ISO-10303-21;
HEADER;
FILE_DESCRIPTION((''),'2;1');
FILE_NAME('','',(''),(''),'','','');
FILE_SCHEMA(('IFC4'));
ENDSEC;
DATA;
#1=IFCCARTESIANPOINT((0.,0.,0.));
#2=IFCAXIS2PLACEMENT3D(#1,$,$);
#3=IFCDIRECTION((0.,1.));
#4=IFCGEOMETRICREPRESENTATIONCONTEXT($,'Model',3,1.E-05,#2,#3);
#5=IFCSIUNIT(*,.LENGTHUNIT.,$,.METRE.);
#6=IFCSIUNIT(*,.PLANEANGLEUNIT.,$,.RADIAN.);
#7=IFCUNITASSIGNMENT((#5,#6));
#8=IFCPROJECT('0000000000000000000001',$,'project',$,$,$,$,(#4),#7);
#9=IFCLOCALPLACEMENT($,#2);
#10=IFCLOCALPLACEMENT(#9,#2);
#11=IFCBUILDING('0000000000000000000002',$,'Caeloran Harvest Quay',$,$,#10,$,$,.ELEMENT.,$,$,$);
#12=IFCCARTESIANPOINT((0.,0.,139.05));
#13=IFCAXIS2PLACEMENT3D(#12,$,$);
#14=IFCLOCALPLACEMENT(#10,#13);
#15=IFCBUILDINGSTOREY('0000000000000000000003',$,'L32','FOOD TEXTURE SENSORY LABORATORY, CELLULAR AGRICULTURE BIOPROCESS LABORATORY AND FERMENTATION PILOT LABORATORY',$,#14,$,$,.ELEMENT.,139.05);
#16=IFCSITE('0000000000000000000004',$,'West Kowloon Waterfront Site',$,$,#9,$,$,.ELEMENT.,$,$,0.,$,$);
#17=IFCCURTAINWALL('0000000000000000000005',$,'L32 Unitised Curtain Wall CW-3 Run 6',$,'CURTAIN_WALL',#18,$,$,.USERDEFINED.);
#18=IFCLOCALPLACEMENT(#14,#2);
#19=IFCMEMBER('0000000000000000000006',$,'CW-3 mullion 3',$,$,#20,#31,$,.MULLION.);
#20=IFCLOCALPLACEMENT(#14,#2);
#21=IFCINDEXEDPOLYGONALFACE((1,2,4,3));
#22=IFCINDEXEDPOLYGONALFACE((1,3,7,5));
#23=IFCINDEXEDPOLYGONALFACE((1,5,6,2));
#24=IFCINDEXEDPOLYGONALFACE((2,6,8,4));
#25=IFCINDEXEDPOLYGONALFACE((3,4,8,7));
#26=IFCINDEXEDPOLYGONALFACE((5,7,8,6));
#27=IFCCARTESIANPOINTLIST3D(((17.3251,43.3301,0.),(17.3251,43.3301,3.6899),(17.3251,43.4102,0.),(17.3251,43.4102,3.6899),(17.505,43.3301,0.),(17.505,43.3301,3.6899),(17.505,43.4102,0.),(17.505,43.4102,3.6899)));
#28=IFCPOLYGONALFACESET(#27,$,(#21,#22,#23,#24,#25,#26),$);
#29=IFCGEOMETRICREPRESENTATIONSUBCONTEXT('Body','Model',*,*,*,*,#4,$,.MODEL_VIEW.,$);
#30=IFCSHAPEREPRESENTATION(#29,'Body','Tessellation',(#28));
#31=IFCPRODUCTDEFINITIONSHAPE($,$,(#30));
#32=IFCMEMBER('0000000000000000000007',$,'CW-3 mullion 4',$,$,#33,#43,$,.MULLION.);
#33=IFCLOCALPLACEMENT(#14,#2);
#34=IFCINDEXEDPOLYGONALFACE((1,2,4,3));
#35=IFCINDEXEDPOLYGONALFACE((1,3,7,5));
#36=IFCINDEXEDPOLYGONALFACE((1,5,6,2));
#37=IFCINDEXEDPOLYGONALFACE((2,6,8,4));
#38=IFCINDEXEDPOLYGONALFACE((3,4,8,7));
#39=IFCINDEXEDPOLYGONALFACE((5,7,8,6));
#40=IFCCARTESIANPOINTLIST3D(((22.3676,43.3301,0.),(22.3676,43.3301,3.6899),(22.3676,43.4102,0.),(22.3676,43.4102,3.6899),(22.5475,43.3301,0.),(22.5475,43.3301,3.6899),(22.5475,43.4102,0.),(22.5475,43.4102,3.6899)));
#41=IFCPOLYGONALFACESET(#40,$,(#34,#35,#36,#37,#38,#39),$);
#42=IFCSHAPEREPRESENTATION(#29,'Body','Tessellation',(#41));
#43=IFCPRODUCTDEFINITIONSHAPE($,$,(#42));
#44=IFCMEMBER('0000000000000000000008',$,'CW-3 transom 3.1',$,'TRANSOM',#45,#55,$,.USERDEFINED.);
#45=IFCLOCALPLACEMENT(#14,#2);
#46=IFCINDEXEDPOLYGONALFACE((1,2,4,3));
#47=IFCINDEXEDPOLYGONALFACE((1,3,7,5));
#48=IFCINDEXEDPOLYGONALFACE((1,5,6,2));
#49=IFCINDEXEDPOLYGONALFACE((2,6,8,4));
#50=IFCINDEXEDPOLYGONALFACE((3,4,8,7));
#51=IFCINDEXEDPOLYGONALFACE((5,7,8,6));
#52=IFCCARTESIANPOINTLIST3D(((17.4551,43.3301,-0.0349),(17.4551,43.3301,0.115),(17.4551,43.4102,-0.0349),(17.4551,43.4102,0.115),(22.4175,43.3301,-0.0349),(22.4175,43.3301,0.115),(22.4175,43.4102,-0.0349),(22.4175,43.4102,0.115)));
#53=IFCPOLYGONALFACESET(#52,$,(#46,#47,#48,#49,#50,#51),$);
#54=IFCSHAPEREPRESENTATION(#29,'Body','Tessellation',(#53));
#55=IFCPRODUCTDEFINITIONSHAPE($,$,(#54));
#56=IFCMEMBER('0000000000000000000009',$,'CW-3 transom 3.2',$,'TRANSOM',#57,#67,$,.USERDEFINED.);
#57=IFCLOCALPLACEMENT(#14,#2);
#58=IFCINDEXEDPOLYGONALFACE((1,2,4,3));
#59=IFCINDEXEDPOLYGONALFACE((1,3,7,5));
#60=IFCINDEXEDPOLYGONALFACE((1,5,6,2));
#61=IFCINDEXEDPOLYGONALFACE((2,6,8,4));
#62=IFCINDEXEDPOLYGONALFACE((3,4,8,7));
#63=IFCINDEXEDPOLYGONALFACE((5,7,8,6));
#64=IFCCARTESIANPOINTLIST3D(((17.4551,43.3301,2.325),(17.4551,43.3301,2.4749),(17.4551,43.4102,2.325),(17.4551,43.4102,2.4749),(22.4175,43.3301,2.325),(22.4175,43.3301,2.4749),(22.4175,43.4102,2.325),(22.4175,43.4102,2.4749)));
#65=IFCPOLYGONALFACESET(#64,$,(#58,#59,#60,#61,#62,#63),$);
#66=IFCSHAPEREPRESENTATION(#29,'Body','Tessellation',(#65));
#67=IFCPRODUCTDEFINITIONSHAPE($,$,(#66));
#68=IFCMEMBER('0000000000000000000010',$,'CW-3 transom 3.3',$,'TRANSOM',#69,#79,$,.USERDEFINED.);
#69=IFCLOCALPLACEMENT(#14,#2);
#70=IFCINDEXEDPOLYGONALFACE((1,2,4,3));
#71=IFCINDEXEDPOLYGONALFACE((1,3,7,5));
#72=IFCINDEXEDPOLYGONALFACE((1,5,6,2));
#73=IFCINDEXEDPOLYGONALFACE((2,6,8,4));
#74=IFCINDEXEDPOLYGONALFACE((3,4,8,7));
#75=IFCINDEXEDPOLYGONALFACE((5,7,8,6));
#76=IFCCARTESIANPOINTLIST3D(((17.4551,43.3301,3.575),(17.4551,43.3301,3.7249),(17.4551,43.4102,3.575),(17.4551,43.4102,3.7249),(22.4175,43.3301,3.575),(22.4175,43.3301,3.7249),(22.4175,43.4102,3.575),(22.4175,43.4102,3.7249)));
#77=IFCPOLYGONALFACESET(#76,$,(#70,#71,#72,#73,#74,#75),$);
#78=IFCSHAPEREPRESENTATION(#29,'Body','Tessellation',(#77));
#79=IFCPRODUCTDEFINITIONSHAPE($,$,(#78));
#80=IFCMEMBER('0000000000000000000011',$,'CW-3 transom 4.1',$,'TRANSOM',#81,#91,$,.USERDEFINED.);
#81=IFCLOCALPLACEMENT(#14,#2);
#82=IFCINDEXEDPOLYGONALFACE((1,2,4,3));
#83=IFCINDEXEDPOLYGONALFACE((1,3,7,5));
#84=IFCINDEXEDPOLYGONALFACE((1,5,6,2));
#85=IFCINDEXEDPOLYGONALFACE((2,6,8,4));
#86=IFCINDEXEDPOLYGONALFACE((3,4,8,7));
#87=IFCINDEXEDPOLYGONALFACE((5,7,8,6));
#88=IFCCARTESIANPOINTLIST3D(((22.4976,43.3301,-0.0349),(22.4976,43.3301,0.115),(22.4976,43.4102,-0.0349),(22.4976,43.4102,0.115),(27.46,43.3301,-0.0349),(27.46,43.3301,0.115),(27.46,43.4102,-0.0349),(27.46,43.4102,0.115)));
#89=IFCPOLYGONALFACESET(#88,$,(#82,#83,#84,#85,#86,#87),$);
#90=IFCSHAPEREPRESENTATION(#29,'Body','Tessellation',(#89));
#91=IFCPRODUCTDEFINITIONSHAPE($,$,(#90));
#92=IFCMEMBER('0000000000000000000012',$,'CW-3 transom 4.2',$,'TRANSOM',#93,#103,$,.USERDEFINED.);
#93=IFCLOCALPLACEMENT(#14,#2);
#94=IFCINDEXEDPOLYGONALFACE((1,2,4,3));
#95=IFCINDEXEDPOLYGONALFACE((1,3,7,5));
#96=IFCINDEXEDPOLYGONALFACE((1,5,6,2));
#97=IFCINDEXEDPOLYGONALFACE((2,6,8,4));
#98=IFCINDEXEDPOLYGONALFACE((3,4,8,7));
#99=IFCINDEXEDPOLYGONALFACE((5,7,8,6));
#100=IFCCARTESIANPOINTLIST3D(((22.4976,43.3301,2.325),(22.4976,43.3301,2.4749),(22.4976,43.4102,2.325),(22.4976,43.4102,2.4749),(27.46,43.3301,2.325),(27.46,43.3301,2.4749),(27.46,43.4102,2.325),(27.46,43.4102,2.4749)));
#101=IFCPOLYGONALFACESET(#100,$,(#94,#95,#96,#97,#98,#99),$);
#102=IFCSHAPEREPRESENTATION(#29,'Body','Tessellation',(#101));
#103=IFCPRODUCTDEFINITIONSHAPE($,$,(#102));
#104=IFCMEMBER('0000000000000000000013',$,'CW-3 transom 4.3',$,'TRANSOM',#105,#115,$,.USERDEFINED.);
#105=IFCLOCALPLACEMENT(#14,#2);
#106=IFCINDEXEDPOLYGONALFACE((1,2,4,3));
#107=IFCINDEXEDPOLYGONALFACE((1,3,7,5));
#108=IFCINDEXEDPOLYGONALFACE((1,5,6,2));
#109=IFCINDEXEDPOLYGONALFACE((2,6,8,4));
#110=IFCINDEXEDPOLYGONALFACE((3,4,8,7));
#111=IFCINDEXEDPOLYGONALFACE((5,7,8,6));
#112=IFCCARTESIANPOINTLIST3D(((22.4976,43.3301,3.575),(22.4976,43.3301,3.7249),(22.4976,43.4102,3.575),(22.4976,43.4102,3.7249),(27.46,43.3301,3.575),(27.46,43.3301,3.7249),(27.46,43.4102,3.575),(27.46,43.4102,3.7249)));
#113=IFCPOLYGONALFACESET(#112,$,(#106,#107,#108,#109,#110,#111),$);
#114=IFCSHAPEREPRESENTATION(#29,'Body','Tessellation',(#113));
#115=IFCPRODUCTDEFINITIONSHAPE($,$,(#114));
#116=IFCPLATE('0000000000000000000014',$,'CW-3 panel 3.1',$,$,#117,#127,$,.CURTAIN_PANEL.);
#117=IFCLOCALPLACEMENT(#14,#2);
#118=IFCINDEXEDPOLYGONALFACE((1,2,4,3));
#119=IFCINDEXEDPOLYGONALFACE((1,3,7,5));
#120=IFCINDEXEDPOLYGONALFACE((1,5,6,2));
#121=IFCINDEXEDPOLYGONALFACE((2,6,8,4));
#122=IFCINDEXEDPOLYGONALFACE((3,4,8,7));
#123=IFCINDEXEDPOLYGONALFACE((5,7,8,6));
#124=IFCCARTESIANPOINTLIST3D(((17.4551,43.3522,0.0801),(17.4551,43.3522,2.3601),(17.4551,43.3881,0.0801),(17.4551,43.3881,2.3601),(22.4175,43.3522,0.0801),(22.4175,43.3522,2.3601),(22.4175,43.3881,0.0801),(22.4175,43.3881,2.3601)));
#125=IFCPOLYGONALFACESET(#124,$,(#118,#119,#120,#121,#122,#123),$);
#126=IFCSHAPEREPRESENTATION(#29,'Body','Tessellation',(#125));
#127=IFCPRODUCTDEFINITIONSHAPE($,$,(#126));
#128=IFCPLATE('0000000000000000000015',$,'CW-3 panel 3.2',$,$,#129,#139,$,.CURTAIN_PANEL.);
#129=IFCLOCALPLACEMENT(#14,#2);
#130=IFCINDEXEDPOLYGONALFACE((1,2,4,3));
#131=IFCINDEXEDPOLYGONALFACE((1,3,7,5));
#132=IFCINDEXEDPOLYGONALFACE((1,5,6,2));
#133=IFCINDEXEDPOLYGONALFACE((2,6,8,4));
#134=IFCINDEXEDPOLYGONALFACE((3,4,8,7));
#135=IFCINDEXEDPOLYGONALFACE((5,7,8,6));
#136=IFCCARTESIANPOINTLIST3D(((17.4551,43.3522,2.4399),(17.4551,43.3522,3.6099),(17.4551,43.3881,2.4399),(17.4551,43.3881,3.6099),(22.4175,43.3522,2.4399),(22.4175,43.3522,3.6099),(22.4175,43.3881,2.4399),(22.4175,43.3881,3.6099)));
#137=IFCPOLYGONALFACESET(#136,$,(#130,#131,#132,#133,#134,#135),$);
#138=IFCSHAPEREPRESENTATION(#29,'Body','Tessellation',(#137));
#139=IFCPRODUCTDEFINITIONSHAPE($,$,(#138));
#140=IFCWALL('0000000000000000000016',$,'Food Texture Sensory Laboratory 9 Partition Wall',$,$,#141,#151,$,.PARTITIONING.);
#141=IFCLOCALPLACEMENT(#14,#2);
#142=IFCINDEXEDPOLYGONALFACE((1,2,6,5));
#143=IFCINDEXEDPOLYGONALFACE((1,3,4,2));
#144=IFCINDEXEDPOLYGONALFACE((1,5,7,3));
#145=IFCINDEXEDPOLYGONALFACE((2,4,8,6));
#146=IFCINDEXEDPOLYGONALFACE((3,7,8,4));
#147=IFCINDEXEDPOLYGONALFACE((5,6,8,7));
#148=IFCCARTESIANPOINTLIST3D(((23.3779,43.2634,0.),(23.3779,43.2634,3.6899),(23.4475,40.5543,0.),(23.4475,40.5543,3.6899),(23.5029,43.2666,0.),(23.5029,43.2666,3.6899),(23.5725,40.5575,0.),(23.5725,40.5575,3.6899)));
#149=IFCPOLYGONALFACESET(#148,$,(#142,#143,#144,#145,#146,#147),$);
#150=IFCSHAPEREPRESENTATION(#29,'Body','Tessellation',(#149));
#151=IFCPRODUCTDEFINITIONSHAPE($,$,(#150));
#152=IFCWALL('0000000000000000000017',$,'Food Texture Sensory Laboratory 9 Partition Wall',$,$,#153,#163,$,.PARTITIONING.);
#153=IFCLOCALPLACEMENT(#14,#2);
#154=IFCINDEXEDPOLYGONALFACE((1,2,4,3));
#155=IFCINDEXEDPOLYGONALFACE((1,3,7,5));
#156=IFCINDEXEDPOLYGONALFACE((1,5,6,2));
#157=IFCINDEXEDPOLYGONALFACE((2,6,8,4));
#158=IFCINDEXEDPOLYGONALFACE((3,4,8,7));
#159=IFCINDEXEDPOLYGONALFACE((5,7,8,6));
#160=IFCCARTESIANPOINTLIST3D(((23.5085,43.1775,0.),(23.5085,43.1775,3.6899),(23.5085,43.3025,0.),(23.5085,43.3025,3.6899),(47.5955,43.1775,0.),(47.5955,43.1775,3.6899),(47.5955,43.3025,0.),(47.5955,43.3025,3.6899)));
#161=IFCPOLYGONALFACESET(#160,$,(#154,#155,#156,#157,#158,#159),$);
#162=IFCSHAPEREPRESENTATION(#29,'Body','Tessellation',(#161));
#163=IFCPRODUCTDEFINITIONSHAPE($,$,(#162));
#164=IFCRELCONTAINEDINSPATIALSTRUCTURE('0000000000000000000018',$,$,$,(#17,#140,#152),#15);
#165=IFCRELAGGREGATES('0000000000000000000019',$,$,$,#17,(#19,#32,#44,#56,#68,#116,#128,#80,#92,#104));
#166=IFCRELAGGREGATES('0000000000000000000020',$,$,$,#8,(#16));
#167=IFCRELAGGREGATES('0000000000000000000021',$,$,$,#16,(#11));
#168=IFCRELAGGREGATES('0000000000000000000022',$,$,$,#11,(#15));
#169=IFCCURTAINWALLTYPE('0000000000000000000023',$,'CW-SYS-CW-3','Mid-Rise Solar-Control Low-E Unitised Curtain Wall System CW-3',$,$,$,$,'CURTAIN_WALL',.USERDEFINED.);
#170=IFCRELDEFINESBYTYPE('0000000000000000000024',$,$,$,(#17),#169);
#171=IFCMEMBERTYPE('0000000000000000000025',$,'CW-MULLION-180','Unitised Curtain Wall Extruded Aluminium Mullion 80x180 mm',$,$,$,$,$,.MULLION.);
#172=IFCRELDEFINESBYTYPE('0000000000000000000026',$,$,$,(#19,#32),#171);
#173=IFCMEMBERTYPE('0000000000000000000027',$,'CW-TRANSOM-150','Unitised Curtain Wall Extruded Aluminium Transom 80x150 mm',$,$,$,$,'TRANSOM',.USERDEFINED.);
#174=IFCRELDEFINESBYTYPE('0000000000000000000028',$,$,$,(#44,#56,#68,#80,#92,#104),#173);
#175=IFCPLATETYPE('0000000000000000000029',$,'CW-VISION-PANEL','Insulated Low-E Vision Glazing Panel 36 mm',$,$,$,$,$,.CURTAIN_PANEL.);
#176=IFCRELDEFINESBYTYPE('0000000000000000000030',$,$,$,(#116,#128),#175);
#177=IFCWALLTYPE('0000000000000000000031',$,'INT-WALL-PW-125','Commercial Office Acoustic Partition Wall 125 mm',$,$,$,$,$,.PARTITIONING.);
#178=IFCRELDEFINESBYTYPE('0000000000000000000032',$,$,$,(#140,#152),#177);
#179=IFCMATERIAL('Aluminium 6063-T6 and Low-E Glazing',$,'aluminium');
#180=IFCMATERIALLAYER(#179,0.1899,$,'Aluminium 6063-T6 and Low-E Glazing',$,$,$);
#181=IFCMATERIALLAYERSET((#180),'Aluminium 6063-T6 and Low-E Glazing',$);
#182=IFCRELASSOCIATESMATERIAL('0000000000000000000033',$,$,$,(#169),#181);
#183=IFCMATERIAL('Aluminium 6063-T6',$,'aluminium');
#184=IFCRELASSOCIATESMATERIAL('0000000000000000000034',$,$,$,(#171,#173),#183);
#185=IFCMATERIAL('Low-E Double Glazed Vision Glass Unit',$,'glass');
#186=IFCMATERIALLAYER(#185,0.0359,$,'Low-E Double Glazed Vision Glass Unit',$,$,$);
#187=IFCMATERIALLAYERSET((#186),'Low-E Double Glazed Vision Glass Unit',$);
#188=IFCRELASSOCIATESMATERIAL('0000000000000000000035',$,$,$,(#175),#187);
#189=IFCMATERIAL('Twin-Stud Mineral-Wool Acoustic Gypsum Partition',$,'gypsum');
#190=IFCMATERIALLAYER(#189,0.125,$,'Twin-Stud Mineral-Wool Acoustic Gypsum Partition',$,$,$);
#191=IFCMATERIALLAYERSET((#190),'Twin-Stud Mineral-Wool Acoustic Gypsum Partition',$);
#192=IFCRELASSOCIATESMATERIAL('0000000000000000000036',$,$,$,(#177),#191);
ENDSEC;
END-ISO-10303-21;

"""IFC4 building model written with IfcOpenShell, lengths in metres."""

from ifc_helpers import new_model, si_unit, direction, frame, frame_2d, origin, origin_2d, place, context, subcontext, project, spatial, rectangle, extrude, material, layer, layer_set, material_profile, profile_set, type_object, element, aggregate, save


model = new_model("IFC4")

# Units and contexts
model_context = context("Model", 3, precision=1e-05, world=origin(), true_north=direction((0.0, 1.0)))
body_context = subcontext(model_context, "Body", "Model", "MODEL_VIEW")
ifc_project = project(units=[si_unit("LENGTHUNIT", "METRE"), si_unit("PLANEANGLEUNIT", "RADIAN")], contexts=[model_context])

# Site, building, storey
site_placement = place(None, origin())
site = spatial("IfcSite", under=ifc_project, at=site_placement, Name="West Kowloon Waterfront Site", CompositionType="ELEMENT", RefElevation=0.0)
building_placement = place(site_placement, origin())
building = spatial("IfcBuilding", under=site, at=building_placement, Name="Caeloran Harvest Quay", CompositionType="ELEMENT")
storey_placement = place(building_placement, frame((0.0, 0.0, 139.05)))
storey = spatial("IfcBuildingStorey", under=building, at=storey_placement, Name="L32", Description="FOOD TEXTURE SENSORY LABORATORY, CELLULAR AGRICULTURE BIOPROCESS LABORATORY AND FERMENTATION PILOT LABORATORY", CompositionType="ELEMENT", Elevation=139.05)

# Curtain wall, members, plates
ifc_material_1 = material(Name="Aluminium 6063-T6 and Low-E Glazing", Category="aluminium")
ifc_layer_1 = layer(ifc_material_1, 0.1899, Name="Aluminium 6063-T6 and Low-E Glazing")
ifc_layer_set_1 = layer_set([ifc_layer_1], Name="Aluminium 6063-T6 and Low-E Glazing")
curtain_wall_type = type_object("IfcCurtainWallType", Name="CW-SYS-CW-3", Description="Mid-Rise Solar-Control Low-E Unitised Curtain Wall System CW-3", ElementType="CURTAIN_WALL", PredefinedType="USERDEFINED", material=ifc_layer_set_1)
curtain_wall_placement = place(storey_placement, origin())
curtain_wall = element("IfcCurtainWall", 1, at=curtain_wall_placement, inside=storey, type_object=curtain_wall_type, Name="L32 Unitised Curtain Wall CW-3 Run 6", ObjectType="CURTAIN_WALL", PredefinedType="USERDEFINED")
ifc_material_2 = material(Name="Aluminium 6063-T6", Category="aluminium")
ifc_material_profile_1 = material_profile(ifc_material_2, rectangle(XDim=0.0801, YDim=0.1799, at=origin_2d()), Name="CW-MULLION-180")
ifc_profile_set_1 = profile_set([ifc_material_profile_1], Name="Aluminium 6063-T6")
member_type_1 = type_object("IfcMemberType", Name="CW-MULLION-180", Description="Unitised Curtain Wall Extruded Aluminium Mullion 80x180 mm", PredefinedType="MULLION", material=ifc_profile_set_1)
member_1_placement = place(storey_placement, frame((17.415, 43.3701, 0.0), z_axis=(0.0, 0.0, 1.0), x_axis=(0.0, 1.0, 0.0)))
member_1 = element("IfcMember", 2, at=member_1_placement, type_object=member_type_1, Name="CW-3 mullion 3", PredefinedType="MULLION", context=body_context, shape_type="SweptSolid", body=[
    extrude(rectangle(XDim=0.0801, YDim=0.1799, at=origin_2d()), origin(), (0.0, 0.0, 1.0), 3.6899),
])
member_2_placement = place(storey_placement, frame((22.4575, 43.3701, 0.0), z_axis=(0.0, 0.0, 1.0), x_axis=(0.0, 1.0, 0.0)))
member_2 = element("IfcMember", 3, at=member_2_placement, type_object=member_type_1, Name="CW-3 mullion 4", PredefinedType="MULLION", context=body_context, shape_type="SweptSolid", body=[
    extrude(rectangle(XDim=0.0801, YDim=0.1799, at=origin_2d()), origin(), (0.0, 0.0, 1.0), 3.6899),
])
ifc_material_profile_2 = material_profile(ifc_material_2, rectangle(XDim=0.0801, YDim=0.1499, at=origin_2d()), Name="CW-TRANSOM-150")
ifc_profile_set_2 = profile_set([ifc_material_profile_2], Name="Aluminium 6063-T6")
member_type_2 = type_object("IfcMemberType", Name="CW-TRANSOM-150", Description="Unitised Curtain Wall Extruded Aluminium Transom 80x150 mm", ElementType="TRANSOM", PredefinedType="USERDEFINED", material=ifc_profile_set_2)
member_3_placement = place(storey_placement, frame((17.4551, 43.3701, 0.04), z_axis=(1.0, 0.0, 0.0), x_axis=(0.0, 1.0, 0.0)))
member_3 = element("IfcMember", 4, at=member_3_placement, type_object=member_type_2, Name="CW-3 transom 3.1", ObjectType="TRANSOM", PredefinedType="USERDEFINED", context=body_context, shape_type="SweptSolid", body=[
    extrude(rectangle(XDim=0.0801, YDim=0.1499, at=origin_2d()), origin(), (0.0, 0.0, 1.0), 4.9624),
])
member_4_placement = place(storey_placement, frame((17.4551, 43.3701, 2.3999), z_axis=(1.0, 0.0, 0.0), x_axis=(0.0, 1.0, 0.0)))
member_4 = element("IfcMember", 5, at=member_4_placement, type_object=member_type_2, Name="CW-3 transom 3.2", ObjectType="TRANSOM", PredefinedType="USERDEFINED", context=body_context, shape_type="SweptSolid", body=[
    extrude(rectangle(XDim=0.0801, YDim=0.1499, at=origin_2d()), origin(), (0.0, 0.0, 1.0), 4.9624),
])
member_5_placement = place(storey_placement, frame((17.4551, 43.3701, 3.6499), z_axis=(1.0, 0.0, 0.0), x_axis=(0.0, 1.0, 0.0)))
member_5 = element("IfcMember", 6, at=member_5_placement, type_object=member_type_2, Name="CW-3 transom 3.3", ObjectType="TRANSOM", PredefinedType="USERDEFINED", context=body_context, shape_type="SweptSolid", body=[
    extrude(rectangle(XDim=0.0801, YDim=0.1499, at=origin_2d()), origin(), (0.0, 0.0, 1.0), 4.9624),
])
member_6_placement = place(storey_placement, frame((22.4976, 43.3701, 0.04), z_axis=(1.0, 0.0, 0.0), x_axis=(0.0, 1.0, 0.0)))
member_6 = element("IfcMember", 7, at=member_6_placement, type_object=member_type_2, Name="CW-3 transom 4.1", ObjectType="TRANSOM", PredefinedType="USERDEFINED", context=body_context, shape_type="SweptSolid", body=[
    extrude(rectangle(XDim=0.0801, YDim=0.1499, at=origin_2d()), origin(), (0.0, 0.0, 1.0), 4.9624),
])
member_7_placement = place(storey_placement, frame((22.4976, 43.3701, 2.3999), z_axis=(1.0, 0.0, 0.0), x_axis=(0.0, 1.0, 0.0)))
member_7 = element("IfcMember", 8, at=member_7_placement, type_object=member_type_2, Name="CW-3 transom 4.2", ObjectType="TRANSOM", PredefinedType="USERDEFINED", context=body_context, shape_type="SweptSolid", body=[
    extrude(rectangle(XDim=0.0801, YDim=0.1499, at=origin_2d()), origin(), (0.0, 0.0, 1.0), 4.9624),
])
member_8_placement = place(storey_placement, frame((22.4976, 43.3701, 3.6499), z_axis=(1.0, 0.0, 0.0), x_axis=(0.0, 1.0, 0.0)))
member_8 = element("IfcMember", 9, at=member_8_placement, type_object=member_type_2, Name="CW-3 transom 4.3", ObjectType="TRANSOM", PredefinedType="USERDEFINED", context=body_context, shape_type="SweptSolid", body=[
    extrude(rectangle(XDim=0.0801, YDim=0.1499, at=origin_2d()), origin(), (0.0, 0.0, 1.0), 4.9624),
])
ifc_material_3 = material(Name="Low-E Double Glazed Vision Glass Unit", Category="glass")
ifc_layer_2 = layer(ifc_material_3, 0.0359, Name="Low-E Double Glazed Vision Glass Unit")
ifc_layer_set_2 = layer_set([ifc_layer_2], Name="Low-E Double Glazed Vision Glass Unit")
plate_type = type_object("IfcPlateType", Name="CW-VISION-PANEL", Description="Insulated Low-E Vision Glazing Panel 36 mm", PredefinedType="CURTAIN_PANEL", material=ifc_layer_set_2)
plate_1_placement = place(storey_placement, frame((19.9363, 43.3701, 0.0801), z_axis=(0.0, 0.0, 1.0), x_axis=(1.0, 0.0, 0.0)))
plate_1 = element("IfcPlate", 10, at=plate_1_placement, type_object=plate_type, Name="CW-3 panel 3.1", PredefinedType="CURTAIN_PANEL", context=body_context, shape_type="SweptSolid", body=[
    extrude(rectangle(XDim=4.9624, YDim=0.0359, at=origin_2d()), origin(), (0.0, 0.0, 1.0), 2.28),
])
plate_2_placement = place(storey_placement, frame((19.9363, 43.3701, 2.4399), z_axis=(0.0, 0.0, 1.0), x_axis=(1.0, 0.0, 0.0)))
plate_2 = element("IfcPlate", 11, at=plate_2_placement, type_object=plate_type, Name="CW-3 panel 3.2", PredefinedType="CURTAIN_PANEL", context=body_context, shape_type="SweptSolid", body=[
    extrude(rectangle(XDim=4.9624, YDim=0.0359, at=origin_2d()), origin(), (0.0, 0.0, 1.0), 1.1699),
])
aggregate(curtain_wall, [member_1, member_2, member_3, member_4, member_5, plate_1, plate_2, member_6, member_7, member_8])

# Walls
ifc_material_4 = material(Name="Twin-Stud Mineral-Wool Acoustic Gypsum Partition", Category="gypsum")
ifc_layer_3 = layer(ifc_material_4, 0.125, Name="Twin-Stud Mineral-Wool Acoustic Gypsum Partition")
ifc_layer_set_3 = layer_set([ifc_layer_3], Name="Twin-Stud Mineral-Wool Acoustic Gypsum Partition")
wall_type = type_object("IfcWallType", Name="INT-WALL-PW-125", Description="Commercial Office Acoustic Partition Wall 125 mm", PredefinedType="PARTITIONING", material=ifc_layer_set_3)
wall_1_placement = place(storey_placement, frame((23.51, 40.5559, 0.0), z_axis=(0.0, 0.0, 1.0), x_axis=(-0.025676, 0.99967, 0.0)))
element("IfcWall", 12, at=wall_1_placement, inside=storey, type_object=wall_type, Name="Food Texture Sensory Laboratory 9 Partition Wall", PredefinedType="PARTITIONING", context=body_context, shape_type="SweptSolid", body=[
    extrude(rectangle(XDim=2.71, YDim=0.125, at=frame_2d((1.355, 0.0))), origin(), (0.0, 0.0, 1.0), 3.6899),
])
wall_2_placement = place(storey_placement, frame((23.5085, 43.24, 0.0), z_axis=(0.0, 0.0, 1.0), x_axis=(1.0, 0.0, 0.0)))
element("IfcWall", 13, at=wall_2_placement, inside=storey, type_object=wall_type, Name="Food Texture Sensory Laboratory 9 Partition Wall", PredefinedType="PARTITIONING", context=body_context, shape_type="SweptSolid", body=[
    extrude(rectangle(XDim=24.0869, YDim=0.125, at=frame_2d((12.0435, 0.0))), origin(), (0.0, 0.0, 1.0), 3.6899),
])

save(model, "model.ifc")
